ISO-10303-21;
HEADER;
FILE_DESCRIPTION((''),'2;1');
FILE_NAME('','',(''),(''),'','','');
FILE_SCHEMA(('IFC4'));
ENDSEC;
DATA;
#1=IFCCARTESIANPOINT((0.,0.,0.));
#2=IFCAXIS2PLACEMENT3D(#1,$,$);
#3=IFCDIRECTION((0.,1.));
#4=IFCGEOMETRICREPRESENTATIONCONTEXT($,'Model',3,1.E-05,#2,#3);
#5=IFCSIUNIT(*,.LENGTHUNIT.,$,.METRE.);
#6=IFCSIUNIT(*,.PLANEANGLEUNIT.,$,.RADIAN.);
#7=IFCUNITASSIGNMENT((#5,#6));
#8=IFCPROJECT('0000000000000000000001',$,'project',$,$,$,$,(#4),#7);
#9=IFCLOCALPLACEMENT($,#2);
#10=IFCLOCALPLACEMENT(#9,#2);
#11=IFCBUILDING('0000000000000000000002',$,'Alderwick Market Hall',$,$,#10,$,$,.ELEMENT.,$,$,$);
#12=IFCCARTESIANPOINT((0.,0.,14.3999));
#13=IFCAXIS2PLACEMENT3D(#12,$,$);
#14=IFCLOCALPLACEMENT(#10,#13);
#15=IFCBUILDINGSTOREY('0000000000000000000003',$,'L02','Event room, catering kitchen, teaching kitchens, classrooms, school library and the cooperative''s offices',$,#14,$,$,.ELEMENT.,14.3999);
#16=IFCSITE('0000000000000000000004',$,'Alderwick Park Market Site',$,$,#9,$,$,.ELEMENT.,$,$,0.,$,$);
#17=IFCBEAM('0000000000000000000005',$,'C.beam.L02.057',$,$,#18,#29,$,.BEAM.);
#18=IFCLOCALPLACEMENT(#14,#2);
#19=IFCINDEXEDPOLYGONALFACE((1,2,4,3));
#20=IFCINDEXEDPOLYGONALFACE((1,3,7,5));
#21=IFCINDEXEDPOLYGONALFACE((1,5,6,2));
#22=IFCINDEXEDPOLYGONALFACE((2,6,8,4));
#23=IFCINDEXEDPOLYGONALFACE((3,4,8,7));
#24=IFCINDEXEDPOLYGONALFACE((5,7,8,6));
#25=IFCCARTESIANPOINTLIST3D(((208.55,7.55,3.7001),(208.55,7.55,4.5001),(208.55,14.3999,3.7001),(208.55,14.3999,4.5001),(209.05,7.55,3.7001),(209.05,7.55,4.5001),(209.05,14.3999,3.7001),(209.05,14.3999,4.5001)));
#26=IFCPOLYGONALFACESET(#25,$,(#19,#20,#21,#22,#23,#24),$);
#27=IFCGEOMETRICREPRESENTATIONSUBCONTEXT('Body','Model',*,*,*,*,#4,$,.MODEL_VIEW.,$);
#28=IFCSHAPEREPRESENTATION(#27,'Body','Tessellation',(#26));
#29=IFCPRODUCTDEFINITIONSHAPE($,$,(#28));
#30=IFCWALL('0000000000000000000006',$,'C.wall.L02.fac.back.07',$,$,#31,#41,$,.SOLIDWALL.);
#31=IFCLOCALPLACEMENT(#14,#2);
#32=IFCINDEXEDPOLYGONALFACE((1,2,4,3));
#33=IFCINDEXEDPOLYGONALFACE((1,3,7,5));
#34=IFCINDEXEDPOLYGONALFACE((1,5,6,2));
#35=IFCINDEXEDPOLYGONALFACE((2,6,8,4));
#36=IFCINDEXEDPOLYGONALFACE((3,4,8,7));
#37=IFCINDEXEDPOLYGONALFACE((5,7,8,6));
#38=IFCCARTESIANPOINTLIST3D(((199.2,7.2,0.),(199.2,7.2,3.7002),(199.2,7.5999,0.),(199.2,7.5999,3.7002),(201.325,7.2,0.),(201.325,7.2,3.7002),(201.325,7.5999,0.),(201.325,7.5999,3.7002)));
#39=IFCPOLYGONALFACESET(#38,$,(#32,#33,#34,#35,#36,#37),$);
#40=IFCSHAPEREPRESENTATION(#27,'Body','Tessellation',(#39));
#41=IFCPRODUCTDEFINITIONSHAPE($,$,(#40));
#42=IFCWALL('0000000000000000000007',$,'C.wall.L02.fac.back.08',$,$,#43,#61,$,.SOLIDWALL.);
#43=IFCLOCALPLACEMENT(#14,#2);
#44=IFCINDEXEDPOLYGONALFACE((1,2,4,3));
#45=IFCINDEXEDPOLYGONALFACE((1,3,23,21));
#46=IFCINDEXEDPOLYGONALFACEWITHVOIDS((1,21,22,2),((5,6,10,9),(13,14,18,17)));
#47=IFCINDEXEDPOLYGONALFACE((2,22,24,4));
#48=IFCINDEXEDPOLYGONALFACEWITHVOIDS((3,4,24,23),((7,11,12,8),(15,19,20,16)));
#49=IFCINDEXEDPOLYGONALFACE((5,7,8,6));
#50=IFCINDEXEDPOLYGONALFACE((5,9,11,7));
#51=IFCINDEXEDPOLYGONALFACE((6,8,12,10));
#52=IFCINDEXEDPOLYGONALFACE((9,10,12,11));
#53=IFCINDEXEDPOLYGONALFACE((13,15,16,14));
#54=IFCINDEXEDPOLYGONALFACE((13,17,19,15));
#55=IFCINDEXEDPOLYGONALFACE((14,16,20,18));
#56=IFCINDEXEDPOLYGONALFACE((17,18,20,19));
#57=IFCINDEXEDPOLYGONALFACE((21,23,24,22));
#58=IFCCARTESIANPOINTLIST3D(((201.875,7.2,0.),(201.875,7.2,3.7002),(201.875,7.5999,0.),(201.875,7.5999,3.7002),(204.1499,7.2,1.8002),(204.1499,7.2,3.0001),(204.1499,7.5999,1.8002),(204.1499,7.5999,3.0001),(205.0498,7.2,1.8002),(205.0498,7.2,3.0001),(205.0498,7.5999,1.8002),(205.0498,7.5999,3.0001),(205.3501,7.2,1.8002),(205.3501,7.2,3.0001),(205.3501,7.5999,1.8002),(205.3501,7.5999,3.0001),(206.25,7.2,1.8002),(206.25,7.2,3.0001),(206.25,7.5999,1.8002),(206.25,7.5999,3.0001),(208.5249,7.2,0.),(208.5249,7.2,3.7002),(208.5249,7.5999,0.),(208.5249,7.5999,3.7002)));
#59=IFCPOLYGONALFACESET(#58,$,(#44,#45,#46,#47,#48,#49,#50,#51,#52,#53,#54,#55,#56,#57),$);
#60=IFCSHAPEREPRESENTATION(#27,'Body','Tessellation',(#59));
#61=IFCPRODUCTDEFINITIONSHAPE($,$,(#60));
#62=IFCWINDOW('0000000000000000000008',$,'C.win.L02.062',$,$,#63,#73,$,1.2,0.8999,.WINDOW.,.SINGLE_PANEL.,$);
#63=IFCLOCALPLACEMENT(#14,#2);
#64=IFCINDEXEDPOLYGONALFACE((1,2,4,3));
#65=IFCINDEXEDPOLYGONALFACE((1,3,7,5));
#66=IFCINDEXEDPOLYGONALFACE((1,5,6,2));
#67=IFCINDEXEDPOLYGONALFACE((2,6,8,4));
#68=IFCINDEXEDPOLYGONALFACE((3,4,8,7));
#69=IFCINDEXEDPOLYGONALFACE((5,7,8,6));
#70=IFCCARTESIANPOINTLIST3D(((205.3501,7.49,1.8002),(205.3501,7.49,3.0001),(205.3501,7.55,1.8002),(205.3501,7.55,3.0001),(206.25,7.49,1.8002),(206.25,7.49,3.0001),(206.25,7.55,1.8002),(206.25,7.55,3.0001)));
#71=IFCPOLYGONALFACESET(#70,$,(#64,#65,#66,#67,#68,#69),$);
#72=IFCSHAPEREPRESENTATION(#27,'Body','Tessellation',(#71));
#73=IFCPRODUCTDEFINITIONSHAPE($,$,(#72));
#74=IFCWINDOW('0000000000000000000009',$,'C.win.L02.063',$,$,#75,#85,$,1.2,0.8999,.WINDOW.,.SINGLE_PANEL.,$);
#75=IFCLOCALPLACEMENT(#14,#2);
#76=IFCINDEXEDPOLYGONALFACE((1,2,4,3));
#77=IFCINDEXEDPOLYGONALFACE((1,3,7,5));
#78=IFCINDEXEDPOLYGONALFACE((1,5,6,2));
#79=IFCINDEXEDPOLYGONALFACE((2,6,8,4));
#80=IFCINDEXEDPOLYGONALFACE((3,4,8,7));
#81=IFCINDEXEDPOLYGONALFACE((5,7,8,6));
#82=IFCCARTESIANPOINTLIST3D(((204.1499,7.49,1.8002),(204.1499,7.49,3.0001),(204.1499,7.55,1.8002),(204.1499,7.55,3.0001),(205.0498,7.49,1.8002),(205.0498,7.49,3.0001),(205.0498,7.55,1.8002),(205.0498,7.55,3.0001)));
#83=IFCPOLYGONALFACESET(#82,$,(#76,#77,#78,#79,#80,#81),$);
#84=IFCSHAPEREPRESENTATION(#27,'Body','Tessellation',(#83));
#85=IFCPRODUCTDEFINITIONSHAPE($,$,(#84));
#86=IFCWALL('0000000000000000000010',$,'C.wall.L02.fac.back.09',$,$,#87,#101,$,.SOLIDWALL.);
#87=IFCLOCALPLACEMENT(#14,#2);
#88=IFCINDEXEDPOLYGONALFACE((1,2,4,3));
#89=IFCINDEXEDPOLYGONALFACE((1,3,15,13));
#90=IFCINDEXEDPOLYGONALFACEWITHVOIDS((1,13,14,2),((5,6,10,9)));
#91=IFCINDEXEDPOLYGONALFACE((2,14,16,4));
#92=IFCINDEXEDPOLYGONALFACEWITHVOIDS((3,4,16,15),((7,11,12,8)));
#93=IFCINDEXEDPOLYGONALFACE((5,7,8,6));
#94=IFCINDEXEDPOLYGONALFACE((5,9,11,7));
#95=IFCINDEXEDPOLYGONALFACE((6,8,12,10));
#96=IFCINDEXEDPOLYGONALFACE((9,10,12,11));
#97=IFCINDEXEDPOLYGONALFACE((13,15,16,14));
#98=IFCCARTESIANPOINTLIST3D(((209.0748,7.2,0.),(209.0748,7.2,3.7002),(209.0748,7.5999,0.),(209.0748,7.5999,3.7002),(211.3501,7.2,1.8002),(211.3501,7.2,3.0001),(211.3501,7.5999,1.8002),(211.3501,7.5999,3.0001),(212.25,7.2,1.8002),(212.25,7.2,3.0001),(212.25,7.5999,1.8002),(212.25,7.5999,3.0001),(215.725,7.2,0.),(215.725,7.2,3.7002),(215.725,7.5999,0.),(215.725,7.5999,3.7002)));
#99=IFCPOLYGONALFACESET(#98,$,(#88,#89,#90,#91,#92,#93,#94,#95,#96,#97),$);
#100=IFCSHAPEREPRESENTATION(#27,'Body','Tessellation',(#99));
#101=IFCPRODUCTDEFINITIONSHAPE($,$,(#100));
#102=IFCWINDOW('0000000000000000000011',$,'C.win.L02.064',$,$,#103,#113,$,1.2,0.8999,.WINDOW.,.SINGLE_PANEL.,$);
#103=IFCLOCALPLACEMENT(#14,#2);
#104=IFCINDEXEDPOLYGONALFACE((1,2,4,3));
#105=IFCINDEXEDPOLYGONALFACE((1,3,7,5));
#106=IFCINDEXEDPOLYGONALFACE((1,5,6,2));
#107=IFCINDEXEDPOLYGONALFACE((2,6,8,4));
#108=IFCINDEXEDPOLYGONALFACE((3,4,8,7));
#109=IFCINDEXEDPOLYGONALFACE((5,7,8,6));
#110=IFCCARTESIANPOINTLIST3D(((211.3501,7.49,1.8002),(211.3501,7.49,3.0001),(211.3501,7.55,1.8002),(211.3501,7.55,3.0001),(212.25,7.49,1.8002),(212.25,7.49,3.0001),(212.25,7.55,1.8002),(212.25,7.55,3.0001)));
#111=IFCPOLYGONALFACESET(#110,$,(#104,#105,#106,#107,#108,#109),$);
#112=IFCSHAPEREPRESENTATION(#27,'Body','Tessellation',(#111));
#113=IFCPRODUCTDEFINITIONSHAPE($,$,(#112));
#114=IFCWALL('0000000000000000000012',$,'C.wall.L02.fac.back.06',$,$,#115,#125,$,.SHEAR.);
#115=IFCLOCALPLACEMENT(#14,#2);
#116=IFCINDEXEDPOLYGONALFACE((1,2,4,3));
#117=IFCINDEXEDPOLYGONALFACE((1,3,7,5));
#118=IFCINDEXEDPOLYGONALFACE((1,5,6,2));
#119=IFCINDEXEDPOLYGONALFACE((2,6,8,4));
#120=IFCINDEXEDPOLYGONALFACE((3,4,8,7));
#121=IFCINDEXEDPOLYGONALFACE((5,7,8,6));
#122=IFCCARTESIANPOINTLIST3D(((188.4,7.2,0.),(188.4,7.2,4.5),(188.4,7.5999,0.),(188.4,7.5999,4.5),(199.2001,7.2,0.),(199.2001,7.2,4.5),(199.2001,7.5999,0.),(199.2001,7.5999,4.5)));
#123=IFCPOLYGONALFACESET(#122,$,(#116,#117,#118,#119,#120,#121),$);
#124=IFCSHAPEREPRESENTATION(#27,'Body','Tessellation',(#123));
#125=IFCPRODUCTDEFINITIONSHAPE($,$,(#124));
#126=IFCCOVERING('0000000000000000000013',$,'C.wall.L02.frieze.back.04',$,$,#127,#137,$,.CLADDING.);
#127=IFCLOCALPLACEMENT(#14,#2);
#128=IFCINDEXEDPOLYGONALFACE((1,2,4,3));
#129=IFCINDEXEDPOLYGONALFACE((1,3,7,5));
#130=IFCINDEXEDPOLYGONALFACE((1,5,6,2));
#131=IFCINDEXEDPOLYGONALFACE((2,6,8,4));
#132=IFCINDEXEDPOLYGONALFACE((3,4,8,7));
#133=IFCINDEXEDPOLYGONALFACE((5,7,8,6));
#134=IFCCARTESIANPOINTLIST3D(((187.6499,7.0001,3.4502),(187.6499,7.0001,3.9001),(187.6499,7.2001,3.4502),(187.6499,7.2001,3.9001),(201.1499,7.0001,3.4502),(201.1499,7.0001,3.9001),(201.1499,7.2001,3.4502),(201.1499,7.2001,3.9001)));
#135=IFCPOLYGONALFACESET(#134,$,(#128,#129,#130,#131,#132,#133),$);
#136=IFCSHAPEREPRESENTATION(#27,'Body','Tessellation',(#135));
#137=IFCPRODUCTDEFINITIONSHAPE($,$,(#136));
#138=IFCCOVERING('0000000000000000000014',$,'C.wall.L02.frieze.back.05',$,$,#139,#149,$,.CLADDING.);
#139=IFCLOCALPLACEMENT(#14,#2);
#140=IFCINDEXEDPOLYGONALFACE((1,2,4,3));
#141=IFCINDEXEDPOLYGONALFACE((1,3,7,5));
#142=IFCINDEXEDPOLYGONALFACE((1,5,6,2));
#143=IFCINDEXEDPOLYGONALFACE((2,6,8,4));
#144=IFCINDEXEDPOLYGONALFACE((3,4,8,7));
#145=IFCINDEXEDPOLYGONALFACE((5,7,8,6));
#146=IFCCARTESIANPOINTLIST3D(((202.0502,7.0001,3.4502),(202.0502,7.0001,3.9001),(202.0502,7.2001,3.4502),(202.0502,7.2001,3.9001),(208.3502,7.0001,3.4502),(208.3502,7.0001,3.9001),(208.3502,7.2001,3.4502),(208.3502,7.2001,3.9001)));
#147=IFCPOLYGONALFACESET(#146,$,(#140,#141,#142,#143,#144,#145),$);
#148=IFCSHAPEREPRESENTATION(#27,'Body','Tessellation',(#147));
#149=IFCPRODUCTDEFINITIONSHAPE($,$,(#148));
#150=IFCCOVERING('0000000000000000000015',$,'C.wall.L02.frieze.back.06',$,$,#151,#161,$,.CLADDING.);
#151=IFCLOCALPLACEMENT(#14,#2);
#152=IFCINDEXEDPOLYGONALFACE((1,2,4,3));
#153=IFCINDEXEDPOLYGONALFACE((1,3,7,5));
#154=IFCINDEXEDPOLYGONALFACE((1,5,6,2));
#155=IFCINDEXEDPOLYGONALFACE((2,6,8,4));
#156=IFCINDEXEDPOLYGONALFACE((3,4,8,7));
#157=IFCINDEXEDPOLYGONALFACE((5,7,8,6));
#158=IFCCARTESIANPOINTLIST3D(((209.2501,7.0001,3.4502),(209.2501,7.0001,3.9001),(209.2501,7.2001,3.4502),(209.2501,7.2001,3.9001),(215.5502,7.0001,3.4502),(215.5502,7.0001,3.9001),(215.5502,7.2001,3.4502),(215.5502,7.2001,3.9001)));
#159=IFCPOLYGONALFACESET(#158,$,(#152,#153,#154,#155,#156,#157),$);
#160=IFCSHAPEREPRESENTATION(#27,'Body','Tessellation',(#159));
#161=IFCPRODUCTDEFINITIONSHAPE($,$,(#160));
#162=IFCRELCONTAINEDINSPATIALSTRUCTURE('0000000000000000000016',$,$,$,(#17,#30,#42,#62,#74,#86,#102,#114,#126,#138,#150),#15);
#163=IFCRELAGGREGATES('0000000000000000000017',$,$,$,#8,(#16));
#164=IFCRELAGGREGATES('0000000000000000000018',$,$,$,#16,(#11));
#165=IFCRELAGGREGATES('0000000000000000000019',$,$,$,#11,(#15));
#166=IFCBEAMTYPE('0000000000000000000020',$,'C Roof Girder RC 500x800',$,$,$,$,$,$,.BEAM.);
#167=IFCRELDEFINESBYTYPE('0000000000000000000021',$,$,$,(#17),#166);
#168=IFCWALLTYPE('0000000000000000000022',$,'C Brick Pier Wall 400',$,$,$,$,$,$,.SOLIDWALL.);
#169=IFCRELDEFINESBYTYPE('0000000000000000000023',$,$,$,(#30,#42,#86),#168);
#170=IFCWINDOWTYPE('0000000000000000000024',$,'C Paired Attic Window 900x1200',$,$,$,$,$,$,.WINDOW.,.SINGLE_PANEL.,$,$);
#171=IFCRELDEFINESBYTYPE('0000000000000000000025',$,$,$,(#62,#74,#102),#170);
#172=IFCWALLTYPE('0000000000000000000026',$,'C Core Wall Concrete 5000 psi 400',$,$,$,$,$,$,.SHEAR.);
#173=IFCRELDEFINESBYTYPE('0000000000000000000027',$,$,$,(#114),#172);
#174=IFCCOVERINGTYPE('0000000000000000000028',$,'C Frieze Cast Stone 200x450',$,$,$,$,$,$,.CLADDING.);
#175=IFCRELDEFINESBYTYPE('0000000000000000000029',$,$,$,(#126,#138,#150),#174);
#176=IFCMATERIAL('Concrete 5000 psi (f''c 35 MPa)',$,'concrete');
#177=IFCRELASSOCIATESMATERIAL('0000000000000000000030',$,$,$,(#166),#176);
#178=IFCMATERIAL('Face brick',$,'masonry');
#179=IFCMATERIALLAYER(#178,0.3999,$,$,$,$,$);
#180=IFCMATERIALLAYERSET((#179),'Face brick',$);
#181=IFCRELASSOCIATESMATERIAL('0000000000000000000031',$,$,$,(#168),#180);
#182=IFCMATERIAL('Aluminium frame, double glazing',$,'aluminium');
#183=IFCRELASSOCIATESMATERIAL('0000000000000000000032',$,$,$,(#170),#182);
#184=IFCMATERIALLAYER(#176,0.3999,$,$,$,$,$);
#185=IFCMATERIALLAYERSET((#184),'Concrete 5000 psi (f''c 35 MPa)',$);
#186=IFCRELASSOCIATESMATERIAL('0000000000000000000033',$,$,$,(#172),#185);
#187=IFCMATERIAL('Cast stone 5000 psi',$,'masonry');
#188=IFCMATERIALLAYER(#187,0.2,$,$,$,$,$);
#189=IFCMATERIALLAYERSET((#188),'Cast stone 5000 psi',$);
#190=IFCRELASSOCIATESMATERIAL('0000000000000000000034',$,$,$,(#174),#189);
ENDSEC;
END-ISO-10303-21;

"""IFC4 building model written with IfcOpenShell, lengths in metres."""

from ifc_helpers import new_model, si_unit, direction, frame, frame_2d, origin, origin_2d, place, context, subcontext, project, spatial, rectangle, extrude, material, layer, layer_set, material_profile, profile_set, type_object, element, fill, save


model = new_model("IFC4")

# Units and contexts
model_context = context("Model", 3, precision=1e-05, world=origin(), true_north=direction((0.0, 1.0)))
body_context = subcontext(model_context, "Body", "Model", "MODEL_VIEW")
ifc_project = project(units=[si_unit("LENGTHUNIT", "METRE"), si_unit("PLANEANGLEUNIT", "RADIAN")], contexts=[model_context])

# Site, building, storey
site_placement = place(None, origin())
site = spatial("IfcSite", under=ifc_project, at=site_placement, Name="Alderwick Park Market Site", CompositionType="ELEMENT", RefElevation=0.0)
building_placement = place(site_placement, origin())
building = spatial("IfcBuilding", under=site, at=building_placement, Name="Alderwick Market Hall", CompositionType="ELEMENT")
storey_placement = place(building_placement, frame((0.0, 0.0, 14.3999)))
storey = spatial("IfcBuildingStorey", under=building, at=storey_placement, Name="L02", Description="Event room, catering kitchen, teaching kitchens, classrooms, school library and the cooperative's offices", CompositionType="ELEMENT", Elevation=14.3999)

# Shared definitions
ifc_material_1 = material(Name="Concrete 5000 psi (f'c 35 MPa)", Category="concrete")

# Beam
ifc_material_profile_1 = material_profile(ifc_material_1, rectangle(XDim=0.5, YDim=0.8, at=origin_2d()), Name="RC 500x800")
ifc_profile_set_1 = profile_set([ifc_material_profile_1], Name="Concrete 5000 psi (f'c 35 MPa)")
beam_type = type_object("IfcBeamType", Name="C Roof Girder RC 500x800", PredefinedType="BEAM", material=ifc_profile_set_1)
for number, where, z_axis, x_axis, name in (
    (1, (208.8, 14.3999, 4.1001), (0.0, -1.0, 0.0), (1.0, 0.0, 0.0), "C.beam.L02.057"),
):
    element("IfcBeam", number, at=place(storey_placement, frame(where, z_axis=z_axis, x_axis=x_axis)), inside=storey, type_object=beam_type, Name=name, PredefinedType="BEAM", context=body_context, shape_type="SweptSolid", body=[
        extrude(rectangle(XDim=0.5, YDim=0.8, at=origin_2d()), origin(), (0.0, 0.0, 1.0), 6.8499),
    ])

# Wall
ifc_material_2 = material(Name="Face brick", Category="masonry")
ifc_layer_1 = layer(ifc_material_2, 0.3999)
ifc_layer_set_1 = layer_set([ifc_layer_1], Name="Face brick")
wall_type_1 = type_object("IfcWallType", Name="C Brick Pier Wall 400", PredefinedType="SOLIDWALL", material=ifc_layer_set_1)
wall_1_placement = place(storey_placement, frame((201.325, 7.3999, 0.0), z_axis=(0.0, 0.0, 1.0), x_axis=(-1.0, 0.0, 0.0)))
element("IfcWall", 2, at=wall_1_placement, inside=storey, type_object=wall_type_1, Name="C.wall.L02.fac.back.07", PredefinedType="SOLIDWALL", context=body_context, shape_type="SweptSolid", body=[
    extrude(rectangle(XDim=2.125, YDim=0.3999, at=frame_2d((1.0625, 0.0))), origin(), (0.0, 0.0, 1.0), 3.7002),
])

# Wall, openings, windows
wall_2_placement = place(storey_placement, frame((208.5249, 7.3999, 0.0), z_axis=(0.0, 0.0, 1.0), x_axis=(-1.0, 0.0, 0.0)))
wall_2 = element("IfcWall", 3, at=wall_2_placement, inside=storey, type_object=wall_type_1, Name="C.wall.L02.fac.back.08", PredefinedType="SOLIDWALL", context=body_context, shape_type="SweptSolid", body=[
    extrude(rectangle(XDim=6.6499, YDim=0.3999, at=frame_2d((3.325, 0.0))), origin(), (0.0, 0.0, 1.0), 3.7002),
])
opening_1_placement = place(wall_2_placement, frame((2.2749, 0.0, 1.8)))
opening_1 = element("IfcOpeningElement", 4, at=opening_1_placement, cuts=wall_2, PredefinedType="OPENING", context=body_context, shape_type="SweptSolid", body=[
    extrude(rectangle(XDim=0.8999, YDim=1.2, at=frame_2d((0.45, 0.6001))), frame((0.0, 0.21, 0.0), z_axis=(0.0, -1.0, 0.0), x_axis=(1.0, 0.0, 0.0)), (0.0, 0.0, 1.0), 0.4199),
])
opening_2_placement = place(wall_2_placement, frame((3.4751, 0.0, 1.8)))
opening_2 = element("IfcOpeningElement", 5, at=opening_2_placement, cuts=wall_2, PredefinedType="OPENING", context=body_context, shape_type="SweptSolid", body=[
    extrude(rectangle(XDim=0.8999, YDim=1.2, at=frame_2d((0.45, 0.6001))), frame((0.0, 0.21, 0.0), z_axis=(0.0, -1.0, 0.0), x_axis=(1.0, 0.0, 0.0)), (0.0, 0.0, 1.0), 0.4199),
])
ifc_material_3 = material(Name="Aluminium frame, double glazing", Category="aluminium")
window_type = type_object("IfcWindowType", Name="C Paired Attic Window 900x1200", PartitioningType="SINGLE_PANEL", PredefinedType="WINDOW", material=ifc_material_3)
window_1_placement = place(opening_1_placement, origin())
window_1 = element("IfcWindow", 6, at=window_1_placement, inside=storey, type_object=window_type, Name="C.win.L02.062", OverallHeight=1.2, OverallWidth=0.8999, PartitioningType="SINGLE_PANEL", PredefinedType="WINDOW", context=body_context, shape_type="SweptSolid", body=[
    extrude(rectangle(XDim=0.8999, YDim=1.2, at=frame_2d((0.45, 0.6001))), frame((0.0, -0.0901, 0.0), z_axis=(0.0, -1.0, 0.0), x_axis=(1.0, 0.0, 0.0)), (0.0, 0.0, 1.0), 0.0601),
])
fill(opening_1, window_1)
window_2_placement = place(opening_2_placement, origin())
window_2 = element("IfcWindow", 7, at=window_2_placement, inside=storey, type_object=window_type, Name="C.win.L02.063", OverallHeight=1.2, OverallWidth=0.8999, PartitioningType="SINGLE_PANEL", PredefinedType="WINDOW", context=body_context, shape_type="SweptSolid", body=[
    extrude(rectangle(XDim=0.8999, YDim=1.2, at=frame_2d((0.45, 0.6001))), frame((0.0, -0.0901, 0.0), z_axis=(0.0, -1.0, 0.0), x_axis=(1.0, 0.0, 0.0)), (0.0, 0.0, 1.0), 0.0601),
])
fill(opening_2, window_2)

# Wall, opening, window
wall_3_placement = place(storey_placement, frame((215.7251, 7.3999, 0.0), z_axis=(0.0, 0.0, 1.0), x_axis=(-1.0, 0.0, 0.0)))
wall_3 = element("IfcWall", 8, at=wall_3_placement, inside=storey, type_object=wall_type_1, Name="C.wall.L02.fac.back.09", PredefinedType="SOLIDWALL", context=body_context, shape_type="SweptSolid", body=[
    extrude(rectangle(XDim=6.6501, YDim=0.3999, at=frame_2d((3.3252, 0.0))), origin(), (0.0, 0.0, 1.0), 3.7002),
])
opening_3_placement = place(wall_3_placement, frame((3.4751, 0.0, 1.8)))
opening_3 = element("IfcOpeningElement", 9, at=opening_3_placement, cuts=wall_3, PredefinedType="OPENING", context=body_context, shape_type="SweptSolid", body=[
    extrude(rectangle(XDim=0.8999, YDim=1.2, at=frame_2d((0.45, 0.6001))), frame((0.0, 0.21, 0.0), z_axis=(0.0, -1.0, 0.0), x_axis=(1.0, 0.0, 0.0)), (0.0, 0.0, 1.0), 0.4199),
])
window_3_placement = place(opening_3_placement, origin())
window_3 = element("IfcWindow", 10, at=window_3_placement, inside=storey, type_object=window_type, Name="C.win.L02.064", OverallHeight=1.2, OverallWidth=0.8999, PartitioningType="SINGLE_PANEL", PredefinedType="WINDOW", context=body_context, shape_type="SweptSolid", body=[
    extrude(rectangle(XDim=0.8999, YDim=1.2, at=frame_2d((0.45, 0.6001))), frame((0.0, -0.0901, 0.0), z_axis=(0.0, -1.0, 0.0), x_axis=(1.0, 0.0, 0.0)), (0.0, 0.0, 1.0), 0.0601),
])
fill(opening_3, window_3)

# Wall
ifc_layer_2 = layer(ifc_material_1, 0.3999)
ifc_layer_set_2 = layer_set([ifc_layer_2], Name="Concrete 5000 psi (f'c 35 MPa)")
wall_type_2 = type_object("IfcWallType", Name="C Core Wall Concrete 5000 psi 400", PredefinedType="SHEAR", material=ifc_layer_set_2)
wall_4_placement = place(storey_placement, frame((199.2, 7.3999, 0.0), z_axis=(0.0, 0.0, 1.0), x_axis=(-1.0, 0.0, 0.0)))
element("IfcWall", 11, at=wall_4_placement, inside=storey, type_object=wall_type_2, Name="C.wall.L02.fac.back.06", PredefinedType="SHEAR", context=body_context, shape_type="SweptSolid", body=[
    extrude(rectangle(XDim=10.8, YDim=0.3999, at=frame_2d((5.3999, 0.0))), origin(), (0.0, 0.0, 1.0), 4.5),
])

# Coverings
ifc_material_4 = material(Name="Cast stone 5000 psi", Category="masonry")
ifc_layer_3 = layer(ifc_material_4, 0.2)
ifc_layer_set_3 = layer_set([ifc_layer_3], Name="Cast stone 5000 psi")
covering_type = type_object("IfcCoveringType", Name="C Frieze Cast Stone 200x450", PredefinedType="CLADDING", material=ifc_layer_set_3)
covering_placement = place(storey_placement, frame((201.1499, 7.1001, 3.4502), z_axis=(0.0, 0.0, 1.0), x_axis=(-1.0, 0.0, 0.0)))
element("IfcCovering", 12, at=covering_placement, inside=storey, type_object=covering_type, Name="C.wall.L02.frieze.back.04", PredefinedType="CLADDING", context=body_context, shape_type="SweptSolid", body=[
    extrude(rectangle(XDim=13.5, YDim=0.2, at=frame_2d((6.75, 0.0))), origin(), (0.0, 0.0, 1.0), 0.45),
])
for number, where, z_axis, x_axis, name in (
    (13, (208.3501, 7.1001, 3.4502), (0.0, 0.0, 1.0), (-1.0, 0.0, 0.0), "C.wall.L02.frieze.back.05"),
    (14, (215.55, 7.1001, 3.4502), (0.0, 0.0, 1.0), (-1.0, 0.0, 0.0), "C.wall.L02.frieze.back.06"),
):
    element("IfcCovering", number, at=place(storey_placement, frame(where, z_axis=z_axis, x_axis=x_axis)), inside=storey, type_object=covering_type, Name=name, PredefinedType="CLADDING", context=body_context, shape_type="SweptSolid", body=[
        extrude(rectangle(XDim=6.3, YDim=0.2, at=frame_2d((3.1499, 0.0))), origin(), (0.0, 0.0, 1.0), 0.45),
    ])

save(model, "model.ifc")
